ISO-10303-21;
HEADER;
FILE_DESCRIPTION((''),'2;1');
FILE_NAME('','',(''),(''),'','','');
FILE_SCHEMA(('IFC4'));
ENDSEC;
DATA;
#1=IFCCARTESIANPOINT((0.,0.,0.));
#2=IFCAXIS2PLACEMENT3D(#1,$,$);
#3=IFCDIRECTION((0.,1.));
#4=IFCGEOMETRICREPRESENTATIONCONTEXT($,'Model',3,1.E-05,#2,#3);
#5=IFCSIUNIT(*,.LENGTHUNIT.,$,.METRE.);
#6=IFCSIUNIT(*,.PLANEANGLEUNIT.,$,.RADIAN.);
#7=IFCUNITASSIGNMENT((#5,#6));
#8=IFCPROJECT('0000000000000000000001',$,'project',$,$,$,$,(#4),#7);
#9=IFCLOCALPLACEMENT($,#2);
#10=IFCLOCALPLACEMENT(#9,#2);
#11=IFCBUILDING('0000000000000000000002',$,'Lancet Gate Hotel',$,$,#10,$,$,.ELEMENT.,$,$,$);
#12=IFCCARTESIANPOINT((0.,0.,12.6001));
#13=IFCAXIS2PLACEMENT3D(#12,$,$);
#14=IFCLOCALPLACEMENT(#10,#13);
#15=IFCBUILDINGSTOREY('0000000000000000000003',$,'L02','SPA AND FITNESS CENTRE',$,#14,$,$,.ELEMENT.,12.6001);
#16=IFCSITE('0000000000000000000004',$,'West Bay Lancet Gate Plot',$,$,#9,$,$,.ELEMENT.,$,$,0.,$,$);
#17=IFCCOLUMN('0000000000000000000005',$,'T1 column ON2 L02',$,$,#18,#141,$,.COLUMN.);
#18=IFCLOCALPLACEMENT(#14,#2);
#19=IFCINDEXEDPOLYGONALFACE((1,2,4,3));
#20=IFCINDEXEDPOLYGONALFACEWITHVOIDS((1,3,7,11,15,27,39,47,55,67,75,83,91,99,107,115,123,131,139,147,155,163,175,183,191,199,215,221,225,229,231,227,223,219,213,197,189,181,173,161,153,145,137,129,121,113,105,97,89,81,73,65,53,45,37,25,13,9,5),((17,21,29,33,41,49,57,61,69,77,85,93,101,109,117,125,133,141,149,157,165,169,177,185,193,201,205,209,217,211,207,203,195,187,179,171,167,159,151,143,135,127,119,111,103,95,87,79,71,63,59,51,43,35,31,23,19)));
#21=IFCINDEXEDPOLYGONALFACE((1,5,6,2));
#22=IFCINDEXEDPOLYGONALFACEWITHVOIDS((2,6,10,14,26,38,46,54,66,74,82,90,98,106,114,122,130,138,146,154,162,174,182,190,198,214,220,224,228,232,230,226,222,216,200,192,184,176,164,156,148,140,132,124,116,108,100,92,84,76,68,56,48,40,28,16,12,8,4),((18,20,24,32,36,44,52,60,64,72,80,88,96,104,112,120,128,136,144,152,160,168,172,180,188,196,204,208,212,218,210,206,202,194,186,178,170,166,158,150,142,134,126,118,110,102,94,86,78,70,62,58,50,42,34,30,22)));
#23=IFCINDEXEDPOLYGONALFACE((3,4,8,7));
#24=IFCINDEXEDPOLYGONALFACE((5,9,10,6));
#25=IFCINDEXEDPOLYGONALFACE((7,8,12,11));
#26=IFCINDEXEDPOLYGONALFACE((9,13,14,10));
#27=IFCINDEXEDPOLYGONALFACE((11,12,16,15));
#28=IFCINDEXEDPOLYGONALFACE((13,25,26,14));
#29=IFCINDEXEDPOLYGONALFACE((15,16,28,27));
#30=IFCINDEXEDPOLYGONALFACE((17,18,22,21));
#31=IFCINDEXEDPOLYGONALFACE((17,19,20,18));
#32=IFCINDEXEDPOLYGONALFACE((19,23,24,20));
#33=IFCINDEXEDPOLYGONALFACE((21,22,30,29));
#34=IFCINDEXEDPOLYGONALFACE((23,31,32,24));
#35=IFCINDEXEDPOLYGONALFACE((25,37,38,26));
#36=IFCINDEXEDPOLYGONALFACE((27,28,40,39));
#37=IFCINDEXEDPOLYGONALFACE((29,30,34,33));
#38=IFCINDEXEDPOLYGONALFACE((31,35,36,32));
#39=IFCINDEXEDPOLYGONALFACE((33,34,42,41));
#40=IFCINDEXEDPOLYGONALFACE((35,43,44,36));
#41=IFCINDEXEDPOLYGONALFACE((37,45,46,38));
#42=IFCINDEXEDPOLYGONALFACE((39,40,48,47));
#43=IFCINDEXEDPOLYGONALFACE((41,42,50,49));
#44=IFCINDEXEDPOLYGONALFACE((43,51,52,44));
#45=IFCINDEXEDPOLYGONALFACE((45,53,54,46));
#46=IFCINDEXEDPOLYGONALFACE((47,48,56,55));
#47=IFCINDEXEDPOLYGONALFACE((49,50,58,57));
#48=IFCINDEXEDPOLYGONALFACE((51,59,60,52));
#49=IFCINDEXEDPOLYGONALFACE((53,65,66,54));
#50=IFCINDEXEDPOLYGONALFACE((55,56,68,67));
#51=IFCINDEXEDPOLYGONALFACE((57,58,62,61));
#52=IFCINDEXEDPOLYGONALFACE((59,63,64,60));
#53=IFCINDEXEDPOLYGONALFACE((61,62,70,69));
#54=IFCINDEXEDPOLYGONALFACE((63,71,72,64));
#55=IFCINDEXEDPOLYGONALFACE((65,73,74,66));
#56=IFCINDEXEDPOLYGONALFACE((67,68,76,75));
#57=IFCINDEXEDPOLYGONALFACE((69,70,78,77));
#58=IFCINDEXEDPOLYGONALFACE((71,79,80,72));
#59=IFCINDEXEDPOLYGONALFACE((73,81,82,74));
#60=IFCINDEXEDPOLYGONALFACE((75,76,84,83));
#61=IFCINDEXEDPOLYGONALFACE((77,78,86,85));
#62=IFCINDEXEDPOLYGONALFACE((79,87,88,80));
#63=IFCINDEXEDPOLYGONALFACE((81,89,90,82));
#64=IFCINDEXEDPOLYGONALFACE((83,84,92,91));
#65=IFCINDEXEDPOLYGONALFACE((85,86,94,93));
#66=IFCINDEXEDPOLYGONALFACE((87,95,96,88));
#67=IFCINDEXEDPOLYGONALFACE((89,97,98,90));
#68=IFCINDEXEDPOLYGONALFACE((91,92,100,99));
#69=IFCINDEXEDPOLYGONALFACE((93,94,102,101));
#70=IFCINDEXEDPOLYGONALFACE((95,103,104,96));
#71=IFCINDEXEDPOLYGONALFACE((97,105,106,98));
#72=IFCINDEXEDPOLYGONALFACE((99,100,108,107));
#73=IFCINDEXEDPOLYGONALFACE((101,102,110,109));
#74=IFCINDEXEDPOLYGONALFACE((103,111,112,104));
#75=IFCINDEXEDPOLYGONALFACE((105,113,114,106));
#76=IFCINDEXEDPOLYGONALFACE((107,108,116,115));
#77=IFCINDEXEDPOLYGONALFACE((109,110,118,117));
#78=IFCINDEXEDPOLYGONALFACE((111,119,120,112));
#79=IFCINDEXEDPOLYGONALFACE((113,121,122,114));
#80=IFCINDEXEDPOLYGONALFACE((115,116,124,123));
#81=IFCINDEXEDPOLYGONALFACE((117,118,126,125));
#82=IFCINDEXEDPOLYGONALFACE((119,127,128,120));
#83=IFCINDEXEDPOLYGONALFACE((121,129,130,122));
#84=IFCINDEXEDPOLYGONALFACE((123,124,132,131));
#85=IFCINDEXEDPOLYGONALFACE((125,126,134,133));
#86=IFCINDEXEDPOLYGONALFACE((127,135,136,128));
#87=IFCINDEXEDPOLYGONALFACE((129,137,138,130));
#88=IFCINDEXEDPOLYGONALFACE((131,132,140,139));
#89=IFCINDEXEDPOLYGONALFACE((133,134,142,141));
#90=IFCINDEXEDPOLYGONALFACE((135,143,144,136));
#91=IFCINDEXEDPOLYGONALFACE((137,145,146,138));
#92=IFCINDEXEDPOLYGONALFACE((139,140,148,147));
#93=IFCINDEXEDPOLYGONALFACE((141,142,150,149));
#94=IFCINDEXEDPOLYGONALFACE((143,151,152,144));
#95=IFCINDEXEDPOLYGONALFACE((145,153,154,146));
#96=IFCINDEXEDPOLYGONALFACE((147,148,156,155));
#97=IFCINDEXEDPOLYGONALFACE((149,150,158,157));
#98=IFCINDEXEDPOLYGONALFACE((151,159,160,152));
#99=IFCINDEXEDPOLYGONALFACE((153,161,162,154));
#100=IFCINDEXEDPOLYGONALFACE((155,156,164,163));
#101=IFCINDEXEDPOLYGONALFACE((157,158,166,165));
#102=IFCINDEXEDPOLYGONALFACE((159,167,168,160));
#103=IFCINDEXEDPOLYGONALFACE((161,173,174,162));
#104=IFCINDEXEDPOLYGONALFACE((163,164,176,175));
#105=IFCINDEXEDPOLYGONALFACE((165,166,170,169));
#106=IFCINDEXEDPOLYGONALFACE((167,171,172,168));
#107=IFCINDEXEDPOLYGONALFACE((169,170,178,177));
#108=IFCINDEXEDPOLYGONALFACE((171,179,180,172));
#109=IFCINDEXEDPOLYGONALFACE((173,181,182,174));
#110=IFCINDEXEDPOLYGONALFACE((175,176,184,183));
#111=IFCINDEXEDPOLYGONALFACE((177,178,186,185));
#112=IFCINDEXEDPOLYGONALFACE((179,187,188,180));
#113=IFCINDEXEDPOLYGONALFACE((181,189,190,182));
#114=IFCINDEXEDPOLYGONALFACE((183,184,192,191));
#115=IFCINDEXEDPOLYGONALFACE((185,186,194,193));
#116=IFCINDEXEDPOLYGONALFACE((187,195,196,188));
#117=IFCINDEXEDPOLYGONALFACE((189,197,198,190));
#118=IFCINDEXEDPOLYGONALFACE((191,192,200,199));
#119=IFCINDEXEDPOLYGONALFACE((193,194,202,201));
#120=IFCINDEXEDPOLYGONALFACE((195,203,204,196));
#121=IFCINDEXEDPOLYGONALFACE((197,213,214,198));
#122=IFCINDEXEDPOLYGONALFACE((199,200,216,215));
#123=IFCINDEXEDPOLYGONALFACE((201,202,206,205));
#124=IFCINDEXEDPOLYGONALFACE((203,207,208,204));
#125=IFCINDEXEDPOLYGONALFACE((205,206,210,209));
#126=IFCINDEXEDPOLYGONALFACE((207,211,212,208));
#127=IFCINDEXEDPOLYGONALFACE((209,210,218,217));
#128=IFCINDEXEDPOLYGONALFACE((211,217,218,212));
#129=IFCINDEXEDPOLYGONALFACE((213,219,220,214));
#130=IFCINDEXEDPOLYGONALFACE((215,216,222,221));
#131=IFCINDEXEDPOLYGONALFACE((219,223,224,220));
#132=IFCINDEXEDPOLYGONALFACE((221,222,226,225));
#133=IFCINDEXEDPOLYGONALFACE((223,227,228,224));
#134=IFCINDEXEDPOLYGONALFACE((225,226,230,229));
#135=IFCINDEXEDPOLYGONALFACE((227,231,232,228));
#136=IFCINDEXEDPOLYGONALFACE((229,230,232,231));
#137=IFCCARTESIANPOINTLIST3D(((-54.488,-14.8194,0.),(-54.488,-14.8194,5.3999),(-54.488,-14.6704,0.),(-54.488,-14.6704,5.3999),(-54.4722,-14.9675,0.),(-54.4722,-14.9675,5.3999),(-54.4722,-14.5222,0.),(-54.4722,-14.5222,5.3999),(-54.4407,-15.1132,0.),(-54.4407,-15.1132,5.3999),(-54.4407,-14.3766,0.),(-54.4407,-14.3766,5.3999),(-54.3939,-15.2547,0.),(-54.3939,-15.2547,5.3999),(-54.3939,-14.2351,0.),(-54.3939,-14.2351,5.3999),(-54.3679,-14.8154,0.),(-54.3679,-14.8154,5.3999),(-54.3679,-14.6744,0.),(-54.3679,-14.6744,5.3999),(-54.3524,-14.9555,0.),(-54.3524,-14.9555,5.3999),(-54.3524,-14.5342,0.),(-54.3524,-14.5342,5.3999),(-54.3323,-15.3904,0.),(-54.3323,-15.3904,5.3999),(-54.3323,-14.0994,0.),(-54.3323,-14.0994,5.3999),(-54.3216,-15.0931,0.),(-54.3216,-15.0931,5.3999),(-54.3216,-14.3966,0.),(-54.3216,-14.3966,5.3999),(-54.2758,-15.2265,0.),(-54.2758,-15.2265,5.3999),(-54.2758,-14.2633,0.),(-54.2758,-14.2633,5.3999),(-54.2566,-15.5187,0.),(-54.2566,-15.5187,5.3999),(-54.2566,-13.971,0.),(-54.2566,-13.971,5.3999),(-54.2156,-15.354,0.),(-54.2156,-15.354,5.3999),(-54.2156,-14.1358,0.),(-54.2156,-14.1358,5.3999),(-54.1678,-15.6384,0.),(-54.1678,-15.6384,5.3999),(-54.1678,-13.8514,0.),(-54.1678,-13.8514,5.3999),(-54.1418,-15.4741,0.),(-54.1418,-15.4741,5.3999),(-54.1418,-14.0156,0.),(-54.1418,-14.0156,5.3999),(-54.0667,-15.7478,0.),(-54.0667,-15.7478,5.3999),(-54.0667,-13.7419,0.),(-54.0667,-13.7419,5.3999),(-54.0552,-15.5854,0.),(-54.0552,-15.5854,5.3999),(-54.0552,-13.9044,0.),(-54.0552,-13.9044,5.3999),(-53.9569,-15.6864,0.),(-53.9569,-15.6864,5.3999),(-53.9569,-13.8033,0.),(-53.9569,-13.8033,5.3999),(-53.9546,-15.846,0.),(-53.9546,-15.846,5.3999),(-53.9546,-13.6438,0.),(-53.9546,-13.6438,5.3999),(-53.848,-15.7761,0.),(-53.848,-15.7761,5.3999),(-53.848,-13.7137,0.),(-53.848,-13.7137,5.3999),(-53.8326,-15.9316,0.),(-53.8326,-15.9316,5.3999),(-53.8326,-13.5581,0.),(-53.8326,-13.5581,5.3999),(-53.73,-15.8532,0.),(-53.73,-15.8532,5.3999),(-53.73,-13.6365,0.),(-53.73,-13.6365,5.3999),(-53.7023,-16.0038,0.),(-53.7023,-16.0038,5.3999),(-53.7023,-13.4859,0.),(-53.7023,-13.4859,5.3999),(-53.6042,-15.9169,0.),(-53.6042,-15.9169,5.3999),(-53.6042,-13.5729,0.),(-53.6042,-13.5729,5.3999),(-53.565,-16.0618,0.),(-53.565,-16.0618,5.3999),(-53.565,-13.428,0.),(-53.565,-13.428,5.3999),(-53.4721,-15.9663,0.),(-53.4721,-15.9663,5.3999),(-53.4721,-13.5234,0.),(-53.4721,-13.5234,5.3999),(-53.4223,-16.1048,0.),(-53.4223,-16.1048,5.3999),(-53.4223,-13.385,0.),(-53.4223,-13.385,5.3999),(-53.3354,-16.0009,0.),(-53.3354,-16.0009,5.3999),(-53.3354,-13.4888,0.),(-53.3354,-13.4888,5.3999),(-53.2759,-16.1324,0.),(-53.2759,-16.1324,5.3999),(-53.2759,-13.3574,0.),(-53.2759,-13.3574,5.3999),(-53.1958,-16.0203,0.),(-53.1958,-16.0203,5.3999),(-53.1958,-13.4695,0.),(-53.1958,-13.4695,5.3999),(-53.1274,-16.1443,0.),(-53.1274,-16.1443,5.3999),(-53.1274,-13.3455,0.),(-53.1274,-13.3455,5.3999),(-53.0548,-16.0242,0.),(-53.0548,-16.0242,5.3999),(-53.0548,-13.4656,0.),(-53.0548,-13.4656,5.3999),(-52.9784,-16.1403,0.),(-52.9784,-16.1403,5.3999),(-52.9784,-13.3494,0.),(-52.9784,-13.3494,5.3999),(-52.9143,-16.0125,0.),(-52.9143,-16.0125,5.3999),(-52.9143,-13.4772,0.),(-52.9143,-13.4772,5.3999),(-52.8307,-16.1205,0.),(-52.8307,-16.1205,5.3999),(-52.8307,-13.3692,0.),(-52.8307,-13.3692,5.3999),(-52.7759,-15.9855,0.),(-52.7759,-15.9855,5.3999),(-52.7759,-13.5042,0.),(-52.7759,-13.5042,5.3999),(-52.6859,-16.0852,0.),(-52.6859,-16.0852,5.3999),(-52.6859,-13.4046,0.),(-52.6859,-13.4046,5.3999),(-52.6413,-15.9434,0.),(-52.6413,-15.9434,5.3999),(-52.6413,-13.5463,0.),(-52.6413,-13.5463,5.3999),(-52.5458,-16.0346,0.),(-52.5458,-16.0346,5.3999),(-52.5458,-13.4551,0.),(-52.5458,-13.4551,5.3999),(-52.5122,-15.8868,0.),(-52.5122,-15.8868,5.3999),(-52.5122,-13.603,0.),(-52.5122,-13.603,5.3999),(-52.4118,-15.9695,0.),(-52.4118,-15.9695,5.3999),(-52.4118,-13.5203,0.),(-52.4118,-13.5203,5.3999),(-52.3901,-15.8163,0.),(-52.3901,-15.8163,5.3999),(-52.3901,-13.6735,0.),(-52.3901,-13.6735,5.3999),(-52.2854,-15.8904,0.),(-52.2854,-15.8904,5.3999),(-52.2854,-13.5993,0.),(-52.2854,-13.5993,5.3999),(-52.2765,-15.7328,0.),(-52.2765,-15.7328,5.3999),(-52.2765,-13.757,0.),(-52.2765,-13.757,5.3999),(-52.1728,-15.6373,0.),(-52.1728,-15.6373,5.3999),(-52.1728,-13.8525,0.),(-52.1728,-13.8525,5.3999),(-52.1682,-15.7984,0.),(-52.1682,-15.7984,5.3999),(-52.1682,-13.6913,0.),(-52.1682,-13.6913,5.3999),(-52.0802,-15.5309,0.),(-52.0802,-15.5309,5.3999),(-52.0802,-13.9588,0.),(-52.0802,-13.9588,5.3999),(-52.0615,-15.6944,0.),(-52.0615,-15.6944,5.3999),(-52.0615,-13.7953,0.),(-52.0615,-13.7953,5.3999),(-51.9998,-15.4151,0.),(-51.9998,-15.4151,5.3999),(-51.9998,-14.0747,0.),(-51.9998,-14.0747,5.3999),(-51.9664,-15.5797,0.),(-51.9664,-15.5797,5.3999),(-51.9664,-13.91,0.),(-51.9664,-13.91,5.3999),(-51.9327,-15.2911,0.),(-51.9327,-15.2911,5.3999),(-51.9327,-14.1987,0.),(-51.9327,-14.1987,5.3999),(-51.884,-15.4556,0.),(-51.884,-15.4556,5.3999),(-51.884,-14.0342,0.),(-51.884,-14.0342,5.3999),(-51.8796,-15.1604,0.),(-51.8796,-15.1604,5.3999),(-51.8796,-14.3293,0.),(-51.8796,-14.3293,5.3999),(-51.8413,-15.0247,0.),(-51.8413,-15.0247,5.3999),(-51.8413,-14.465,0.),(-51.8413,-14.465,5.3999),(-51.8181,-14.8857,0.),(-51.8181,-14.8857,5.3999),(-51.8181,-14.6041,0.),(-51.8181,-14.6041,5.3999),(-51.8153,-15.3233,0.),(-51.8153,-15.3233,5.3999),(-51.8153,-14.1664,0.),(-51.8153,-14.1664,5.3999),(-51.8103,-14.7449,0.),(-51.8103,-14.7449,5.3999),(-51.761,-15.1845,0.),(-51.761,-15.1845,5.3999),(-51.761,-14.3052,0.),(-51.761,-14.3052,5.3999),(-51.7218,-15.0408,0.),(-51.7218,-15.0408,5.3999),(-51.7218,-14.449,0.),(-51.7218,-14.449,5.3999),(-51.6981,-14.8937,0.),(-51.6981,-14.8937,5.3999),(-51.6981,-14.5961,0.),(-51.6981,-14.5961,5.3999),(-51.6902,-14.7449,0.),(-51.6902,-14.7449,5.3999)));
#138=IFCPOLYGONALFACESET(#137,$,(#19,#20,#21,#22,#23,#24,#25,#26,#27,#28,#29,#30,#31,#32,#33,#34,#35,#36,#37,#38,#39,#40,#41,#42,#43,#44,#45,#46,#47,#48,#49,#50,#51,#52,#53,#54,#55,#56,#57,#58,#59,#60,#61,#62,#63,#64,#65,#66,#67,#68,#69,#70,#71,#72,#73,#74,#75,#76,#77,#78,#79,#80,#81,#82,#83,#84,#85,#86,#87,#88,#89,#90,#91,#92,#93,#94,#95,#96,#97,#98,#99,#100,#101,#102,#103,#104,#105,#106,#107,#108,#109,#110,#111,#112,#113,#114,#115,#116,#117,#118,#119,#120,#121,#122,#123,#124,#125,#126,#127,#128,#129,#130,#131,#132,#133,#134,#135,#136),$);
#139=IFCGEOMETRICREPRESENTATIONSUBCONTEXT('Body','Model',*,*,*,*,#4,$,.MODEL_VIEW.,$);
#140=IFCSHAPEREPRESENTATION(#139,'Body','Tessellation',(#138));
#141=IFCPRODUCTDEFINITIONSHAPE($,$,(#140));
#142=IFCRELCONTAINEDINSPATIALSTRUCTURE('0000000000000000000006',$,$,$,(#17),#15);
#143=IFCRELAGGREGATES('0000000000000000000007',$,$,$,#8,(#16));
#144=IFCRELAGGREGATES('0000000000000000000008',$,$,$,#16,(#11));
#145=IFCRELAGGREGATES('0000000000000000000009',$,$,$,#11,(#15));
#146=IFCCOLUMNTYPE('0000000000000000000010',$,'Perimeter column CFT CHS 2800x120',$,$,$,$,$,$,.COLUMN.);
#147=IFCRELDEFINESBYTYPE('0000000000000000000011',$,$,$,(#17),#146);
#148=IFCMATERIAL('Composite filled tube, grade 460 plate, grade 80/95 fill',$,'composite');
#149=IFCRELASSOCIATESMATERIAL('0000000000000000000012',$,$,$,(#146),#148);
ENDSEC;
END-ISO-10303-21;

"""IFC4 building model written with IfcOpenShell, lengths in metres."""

from ifc_helpers import new_model, si_unit, direction, frame, origin, origin_2d, place, context, subcontext, project, spatial, hollow_circle, extrude, material, material_profile, profile_set, type_object, element, save


model = new_model("IFC4")

# Units and contexts
model_context = context("Model", 3, precision=1e-05, world=origin(), true_north=direction((0.0, 1.0)))
body_context = subcontext(model_context, "Body", "Model", "MODEL_VIEW")
ifc_project = project(units=[si_unit("LENGTHUNIT", "METRE"), si_unit("PLANEANGLEUNIT", "RADIAN")], contexts=[model_context])

# Site, building, storey
site_placement = place(None, origin())
site = spatial("IfcSite", under=ifc_project, at=site_placement, Name="West Bay Lancet Gate Plot", CompositionType="ELEMENT", RefElevation=0.0)
building_placement = place(site_placement, origin())
building = spatial("IfcBuilding", under=site, at=building_placement, Name="Lancet Gate Hotel", CompositionType="ELEMENT")
storey_placement = place(building_placement, frame((0.0, 0.0, 12.6001)))
storey = spatial("IfcBuildingStorey", under=building, at=storey_placement, Name="L02", Description="SPA AND FITNESS CENTRE", CompositionType="ELEMENT", Elevation=12.6001)

# Column
ifc_material_1 = material(Name="Composite filled tube, grade 460 plate, grade 80/95 fill", Category="composite")
ifc_material_profile_1 = material_profile(ifc_material_1, hollow_circle(Radius=1.3999, WallThickness=0.1201, at=origin_2d()), Name="CHS 2800x120")
ifc_profile_set_1 = profile_set([ifc_material_profile_1], Name="Composite filled tube, grade 460 plate, grade 80/95 fill")
column_type = type_object("IfcColumnType", Name="Perimeter column CFT CHS 2800x120", PredefinedType="COLUMN", material=ifc_profile_set_1)
for number, where, z_axis, x_axis, name in (
    (1, (-53.0901, -14.7449, 0.0), (0.0, 0.0, 1.0), (1.0, 0.0, 0.0), "T1 column ON2 L02"),
):
    element("IfcColumn", number, at=place(storey_placement, frame(where, z_axis=z_axis, x_axis=x_axis)), inside=storey, type_object=column_type, Name=name, PredefinedType="COLUMN", context=body_context, shape_type="SweptSolid", body=[
        extrude(hollow_circle(Radius=1.3999, WallThickness=0.1201, at=origin_2d()), origin(), (0.0, 0.0, 1.0), 5.3999),
    ])

save(model, "model.ifc")
